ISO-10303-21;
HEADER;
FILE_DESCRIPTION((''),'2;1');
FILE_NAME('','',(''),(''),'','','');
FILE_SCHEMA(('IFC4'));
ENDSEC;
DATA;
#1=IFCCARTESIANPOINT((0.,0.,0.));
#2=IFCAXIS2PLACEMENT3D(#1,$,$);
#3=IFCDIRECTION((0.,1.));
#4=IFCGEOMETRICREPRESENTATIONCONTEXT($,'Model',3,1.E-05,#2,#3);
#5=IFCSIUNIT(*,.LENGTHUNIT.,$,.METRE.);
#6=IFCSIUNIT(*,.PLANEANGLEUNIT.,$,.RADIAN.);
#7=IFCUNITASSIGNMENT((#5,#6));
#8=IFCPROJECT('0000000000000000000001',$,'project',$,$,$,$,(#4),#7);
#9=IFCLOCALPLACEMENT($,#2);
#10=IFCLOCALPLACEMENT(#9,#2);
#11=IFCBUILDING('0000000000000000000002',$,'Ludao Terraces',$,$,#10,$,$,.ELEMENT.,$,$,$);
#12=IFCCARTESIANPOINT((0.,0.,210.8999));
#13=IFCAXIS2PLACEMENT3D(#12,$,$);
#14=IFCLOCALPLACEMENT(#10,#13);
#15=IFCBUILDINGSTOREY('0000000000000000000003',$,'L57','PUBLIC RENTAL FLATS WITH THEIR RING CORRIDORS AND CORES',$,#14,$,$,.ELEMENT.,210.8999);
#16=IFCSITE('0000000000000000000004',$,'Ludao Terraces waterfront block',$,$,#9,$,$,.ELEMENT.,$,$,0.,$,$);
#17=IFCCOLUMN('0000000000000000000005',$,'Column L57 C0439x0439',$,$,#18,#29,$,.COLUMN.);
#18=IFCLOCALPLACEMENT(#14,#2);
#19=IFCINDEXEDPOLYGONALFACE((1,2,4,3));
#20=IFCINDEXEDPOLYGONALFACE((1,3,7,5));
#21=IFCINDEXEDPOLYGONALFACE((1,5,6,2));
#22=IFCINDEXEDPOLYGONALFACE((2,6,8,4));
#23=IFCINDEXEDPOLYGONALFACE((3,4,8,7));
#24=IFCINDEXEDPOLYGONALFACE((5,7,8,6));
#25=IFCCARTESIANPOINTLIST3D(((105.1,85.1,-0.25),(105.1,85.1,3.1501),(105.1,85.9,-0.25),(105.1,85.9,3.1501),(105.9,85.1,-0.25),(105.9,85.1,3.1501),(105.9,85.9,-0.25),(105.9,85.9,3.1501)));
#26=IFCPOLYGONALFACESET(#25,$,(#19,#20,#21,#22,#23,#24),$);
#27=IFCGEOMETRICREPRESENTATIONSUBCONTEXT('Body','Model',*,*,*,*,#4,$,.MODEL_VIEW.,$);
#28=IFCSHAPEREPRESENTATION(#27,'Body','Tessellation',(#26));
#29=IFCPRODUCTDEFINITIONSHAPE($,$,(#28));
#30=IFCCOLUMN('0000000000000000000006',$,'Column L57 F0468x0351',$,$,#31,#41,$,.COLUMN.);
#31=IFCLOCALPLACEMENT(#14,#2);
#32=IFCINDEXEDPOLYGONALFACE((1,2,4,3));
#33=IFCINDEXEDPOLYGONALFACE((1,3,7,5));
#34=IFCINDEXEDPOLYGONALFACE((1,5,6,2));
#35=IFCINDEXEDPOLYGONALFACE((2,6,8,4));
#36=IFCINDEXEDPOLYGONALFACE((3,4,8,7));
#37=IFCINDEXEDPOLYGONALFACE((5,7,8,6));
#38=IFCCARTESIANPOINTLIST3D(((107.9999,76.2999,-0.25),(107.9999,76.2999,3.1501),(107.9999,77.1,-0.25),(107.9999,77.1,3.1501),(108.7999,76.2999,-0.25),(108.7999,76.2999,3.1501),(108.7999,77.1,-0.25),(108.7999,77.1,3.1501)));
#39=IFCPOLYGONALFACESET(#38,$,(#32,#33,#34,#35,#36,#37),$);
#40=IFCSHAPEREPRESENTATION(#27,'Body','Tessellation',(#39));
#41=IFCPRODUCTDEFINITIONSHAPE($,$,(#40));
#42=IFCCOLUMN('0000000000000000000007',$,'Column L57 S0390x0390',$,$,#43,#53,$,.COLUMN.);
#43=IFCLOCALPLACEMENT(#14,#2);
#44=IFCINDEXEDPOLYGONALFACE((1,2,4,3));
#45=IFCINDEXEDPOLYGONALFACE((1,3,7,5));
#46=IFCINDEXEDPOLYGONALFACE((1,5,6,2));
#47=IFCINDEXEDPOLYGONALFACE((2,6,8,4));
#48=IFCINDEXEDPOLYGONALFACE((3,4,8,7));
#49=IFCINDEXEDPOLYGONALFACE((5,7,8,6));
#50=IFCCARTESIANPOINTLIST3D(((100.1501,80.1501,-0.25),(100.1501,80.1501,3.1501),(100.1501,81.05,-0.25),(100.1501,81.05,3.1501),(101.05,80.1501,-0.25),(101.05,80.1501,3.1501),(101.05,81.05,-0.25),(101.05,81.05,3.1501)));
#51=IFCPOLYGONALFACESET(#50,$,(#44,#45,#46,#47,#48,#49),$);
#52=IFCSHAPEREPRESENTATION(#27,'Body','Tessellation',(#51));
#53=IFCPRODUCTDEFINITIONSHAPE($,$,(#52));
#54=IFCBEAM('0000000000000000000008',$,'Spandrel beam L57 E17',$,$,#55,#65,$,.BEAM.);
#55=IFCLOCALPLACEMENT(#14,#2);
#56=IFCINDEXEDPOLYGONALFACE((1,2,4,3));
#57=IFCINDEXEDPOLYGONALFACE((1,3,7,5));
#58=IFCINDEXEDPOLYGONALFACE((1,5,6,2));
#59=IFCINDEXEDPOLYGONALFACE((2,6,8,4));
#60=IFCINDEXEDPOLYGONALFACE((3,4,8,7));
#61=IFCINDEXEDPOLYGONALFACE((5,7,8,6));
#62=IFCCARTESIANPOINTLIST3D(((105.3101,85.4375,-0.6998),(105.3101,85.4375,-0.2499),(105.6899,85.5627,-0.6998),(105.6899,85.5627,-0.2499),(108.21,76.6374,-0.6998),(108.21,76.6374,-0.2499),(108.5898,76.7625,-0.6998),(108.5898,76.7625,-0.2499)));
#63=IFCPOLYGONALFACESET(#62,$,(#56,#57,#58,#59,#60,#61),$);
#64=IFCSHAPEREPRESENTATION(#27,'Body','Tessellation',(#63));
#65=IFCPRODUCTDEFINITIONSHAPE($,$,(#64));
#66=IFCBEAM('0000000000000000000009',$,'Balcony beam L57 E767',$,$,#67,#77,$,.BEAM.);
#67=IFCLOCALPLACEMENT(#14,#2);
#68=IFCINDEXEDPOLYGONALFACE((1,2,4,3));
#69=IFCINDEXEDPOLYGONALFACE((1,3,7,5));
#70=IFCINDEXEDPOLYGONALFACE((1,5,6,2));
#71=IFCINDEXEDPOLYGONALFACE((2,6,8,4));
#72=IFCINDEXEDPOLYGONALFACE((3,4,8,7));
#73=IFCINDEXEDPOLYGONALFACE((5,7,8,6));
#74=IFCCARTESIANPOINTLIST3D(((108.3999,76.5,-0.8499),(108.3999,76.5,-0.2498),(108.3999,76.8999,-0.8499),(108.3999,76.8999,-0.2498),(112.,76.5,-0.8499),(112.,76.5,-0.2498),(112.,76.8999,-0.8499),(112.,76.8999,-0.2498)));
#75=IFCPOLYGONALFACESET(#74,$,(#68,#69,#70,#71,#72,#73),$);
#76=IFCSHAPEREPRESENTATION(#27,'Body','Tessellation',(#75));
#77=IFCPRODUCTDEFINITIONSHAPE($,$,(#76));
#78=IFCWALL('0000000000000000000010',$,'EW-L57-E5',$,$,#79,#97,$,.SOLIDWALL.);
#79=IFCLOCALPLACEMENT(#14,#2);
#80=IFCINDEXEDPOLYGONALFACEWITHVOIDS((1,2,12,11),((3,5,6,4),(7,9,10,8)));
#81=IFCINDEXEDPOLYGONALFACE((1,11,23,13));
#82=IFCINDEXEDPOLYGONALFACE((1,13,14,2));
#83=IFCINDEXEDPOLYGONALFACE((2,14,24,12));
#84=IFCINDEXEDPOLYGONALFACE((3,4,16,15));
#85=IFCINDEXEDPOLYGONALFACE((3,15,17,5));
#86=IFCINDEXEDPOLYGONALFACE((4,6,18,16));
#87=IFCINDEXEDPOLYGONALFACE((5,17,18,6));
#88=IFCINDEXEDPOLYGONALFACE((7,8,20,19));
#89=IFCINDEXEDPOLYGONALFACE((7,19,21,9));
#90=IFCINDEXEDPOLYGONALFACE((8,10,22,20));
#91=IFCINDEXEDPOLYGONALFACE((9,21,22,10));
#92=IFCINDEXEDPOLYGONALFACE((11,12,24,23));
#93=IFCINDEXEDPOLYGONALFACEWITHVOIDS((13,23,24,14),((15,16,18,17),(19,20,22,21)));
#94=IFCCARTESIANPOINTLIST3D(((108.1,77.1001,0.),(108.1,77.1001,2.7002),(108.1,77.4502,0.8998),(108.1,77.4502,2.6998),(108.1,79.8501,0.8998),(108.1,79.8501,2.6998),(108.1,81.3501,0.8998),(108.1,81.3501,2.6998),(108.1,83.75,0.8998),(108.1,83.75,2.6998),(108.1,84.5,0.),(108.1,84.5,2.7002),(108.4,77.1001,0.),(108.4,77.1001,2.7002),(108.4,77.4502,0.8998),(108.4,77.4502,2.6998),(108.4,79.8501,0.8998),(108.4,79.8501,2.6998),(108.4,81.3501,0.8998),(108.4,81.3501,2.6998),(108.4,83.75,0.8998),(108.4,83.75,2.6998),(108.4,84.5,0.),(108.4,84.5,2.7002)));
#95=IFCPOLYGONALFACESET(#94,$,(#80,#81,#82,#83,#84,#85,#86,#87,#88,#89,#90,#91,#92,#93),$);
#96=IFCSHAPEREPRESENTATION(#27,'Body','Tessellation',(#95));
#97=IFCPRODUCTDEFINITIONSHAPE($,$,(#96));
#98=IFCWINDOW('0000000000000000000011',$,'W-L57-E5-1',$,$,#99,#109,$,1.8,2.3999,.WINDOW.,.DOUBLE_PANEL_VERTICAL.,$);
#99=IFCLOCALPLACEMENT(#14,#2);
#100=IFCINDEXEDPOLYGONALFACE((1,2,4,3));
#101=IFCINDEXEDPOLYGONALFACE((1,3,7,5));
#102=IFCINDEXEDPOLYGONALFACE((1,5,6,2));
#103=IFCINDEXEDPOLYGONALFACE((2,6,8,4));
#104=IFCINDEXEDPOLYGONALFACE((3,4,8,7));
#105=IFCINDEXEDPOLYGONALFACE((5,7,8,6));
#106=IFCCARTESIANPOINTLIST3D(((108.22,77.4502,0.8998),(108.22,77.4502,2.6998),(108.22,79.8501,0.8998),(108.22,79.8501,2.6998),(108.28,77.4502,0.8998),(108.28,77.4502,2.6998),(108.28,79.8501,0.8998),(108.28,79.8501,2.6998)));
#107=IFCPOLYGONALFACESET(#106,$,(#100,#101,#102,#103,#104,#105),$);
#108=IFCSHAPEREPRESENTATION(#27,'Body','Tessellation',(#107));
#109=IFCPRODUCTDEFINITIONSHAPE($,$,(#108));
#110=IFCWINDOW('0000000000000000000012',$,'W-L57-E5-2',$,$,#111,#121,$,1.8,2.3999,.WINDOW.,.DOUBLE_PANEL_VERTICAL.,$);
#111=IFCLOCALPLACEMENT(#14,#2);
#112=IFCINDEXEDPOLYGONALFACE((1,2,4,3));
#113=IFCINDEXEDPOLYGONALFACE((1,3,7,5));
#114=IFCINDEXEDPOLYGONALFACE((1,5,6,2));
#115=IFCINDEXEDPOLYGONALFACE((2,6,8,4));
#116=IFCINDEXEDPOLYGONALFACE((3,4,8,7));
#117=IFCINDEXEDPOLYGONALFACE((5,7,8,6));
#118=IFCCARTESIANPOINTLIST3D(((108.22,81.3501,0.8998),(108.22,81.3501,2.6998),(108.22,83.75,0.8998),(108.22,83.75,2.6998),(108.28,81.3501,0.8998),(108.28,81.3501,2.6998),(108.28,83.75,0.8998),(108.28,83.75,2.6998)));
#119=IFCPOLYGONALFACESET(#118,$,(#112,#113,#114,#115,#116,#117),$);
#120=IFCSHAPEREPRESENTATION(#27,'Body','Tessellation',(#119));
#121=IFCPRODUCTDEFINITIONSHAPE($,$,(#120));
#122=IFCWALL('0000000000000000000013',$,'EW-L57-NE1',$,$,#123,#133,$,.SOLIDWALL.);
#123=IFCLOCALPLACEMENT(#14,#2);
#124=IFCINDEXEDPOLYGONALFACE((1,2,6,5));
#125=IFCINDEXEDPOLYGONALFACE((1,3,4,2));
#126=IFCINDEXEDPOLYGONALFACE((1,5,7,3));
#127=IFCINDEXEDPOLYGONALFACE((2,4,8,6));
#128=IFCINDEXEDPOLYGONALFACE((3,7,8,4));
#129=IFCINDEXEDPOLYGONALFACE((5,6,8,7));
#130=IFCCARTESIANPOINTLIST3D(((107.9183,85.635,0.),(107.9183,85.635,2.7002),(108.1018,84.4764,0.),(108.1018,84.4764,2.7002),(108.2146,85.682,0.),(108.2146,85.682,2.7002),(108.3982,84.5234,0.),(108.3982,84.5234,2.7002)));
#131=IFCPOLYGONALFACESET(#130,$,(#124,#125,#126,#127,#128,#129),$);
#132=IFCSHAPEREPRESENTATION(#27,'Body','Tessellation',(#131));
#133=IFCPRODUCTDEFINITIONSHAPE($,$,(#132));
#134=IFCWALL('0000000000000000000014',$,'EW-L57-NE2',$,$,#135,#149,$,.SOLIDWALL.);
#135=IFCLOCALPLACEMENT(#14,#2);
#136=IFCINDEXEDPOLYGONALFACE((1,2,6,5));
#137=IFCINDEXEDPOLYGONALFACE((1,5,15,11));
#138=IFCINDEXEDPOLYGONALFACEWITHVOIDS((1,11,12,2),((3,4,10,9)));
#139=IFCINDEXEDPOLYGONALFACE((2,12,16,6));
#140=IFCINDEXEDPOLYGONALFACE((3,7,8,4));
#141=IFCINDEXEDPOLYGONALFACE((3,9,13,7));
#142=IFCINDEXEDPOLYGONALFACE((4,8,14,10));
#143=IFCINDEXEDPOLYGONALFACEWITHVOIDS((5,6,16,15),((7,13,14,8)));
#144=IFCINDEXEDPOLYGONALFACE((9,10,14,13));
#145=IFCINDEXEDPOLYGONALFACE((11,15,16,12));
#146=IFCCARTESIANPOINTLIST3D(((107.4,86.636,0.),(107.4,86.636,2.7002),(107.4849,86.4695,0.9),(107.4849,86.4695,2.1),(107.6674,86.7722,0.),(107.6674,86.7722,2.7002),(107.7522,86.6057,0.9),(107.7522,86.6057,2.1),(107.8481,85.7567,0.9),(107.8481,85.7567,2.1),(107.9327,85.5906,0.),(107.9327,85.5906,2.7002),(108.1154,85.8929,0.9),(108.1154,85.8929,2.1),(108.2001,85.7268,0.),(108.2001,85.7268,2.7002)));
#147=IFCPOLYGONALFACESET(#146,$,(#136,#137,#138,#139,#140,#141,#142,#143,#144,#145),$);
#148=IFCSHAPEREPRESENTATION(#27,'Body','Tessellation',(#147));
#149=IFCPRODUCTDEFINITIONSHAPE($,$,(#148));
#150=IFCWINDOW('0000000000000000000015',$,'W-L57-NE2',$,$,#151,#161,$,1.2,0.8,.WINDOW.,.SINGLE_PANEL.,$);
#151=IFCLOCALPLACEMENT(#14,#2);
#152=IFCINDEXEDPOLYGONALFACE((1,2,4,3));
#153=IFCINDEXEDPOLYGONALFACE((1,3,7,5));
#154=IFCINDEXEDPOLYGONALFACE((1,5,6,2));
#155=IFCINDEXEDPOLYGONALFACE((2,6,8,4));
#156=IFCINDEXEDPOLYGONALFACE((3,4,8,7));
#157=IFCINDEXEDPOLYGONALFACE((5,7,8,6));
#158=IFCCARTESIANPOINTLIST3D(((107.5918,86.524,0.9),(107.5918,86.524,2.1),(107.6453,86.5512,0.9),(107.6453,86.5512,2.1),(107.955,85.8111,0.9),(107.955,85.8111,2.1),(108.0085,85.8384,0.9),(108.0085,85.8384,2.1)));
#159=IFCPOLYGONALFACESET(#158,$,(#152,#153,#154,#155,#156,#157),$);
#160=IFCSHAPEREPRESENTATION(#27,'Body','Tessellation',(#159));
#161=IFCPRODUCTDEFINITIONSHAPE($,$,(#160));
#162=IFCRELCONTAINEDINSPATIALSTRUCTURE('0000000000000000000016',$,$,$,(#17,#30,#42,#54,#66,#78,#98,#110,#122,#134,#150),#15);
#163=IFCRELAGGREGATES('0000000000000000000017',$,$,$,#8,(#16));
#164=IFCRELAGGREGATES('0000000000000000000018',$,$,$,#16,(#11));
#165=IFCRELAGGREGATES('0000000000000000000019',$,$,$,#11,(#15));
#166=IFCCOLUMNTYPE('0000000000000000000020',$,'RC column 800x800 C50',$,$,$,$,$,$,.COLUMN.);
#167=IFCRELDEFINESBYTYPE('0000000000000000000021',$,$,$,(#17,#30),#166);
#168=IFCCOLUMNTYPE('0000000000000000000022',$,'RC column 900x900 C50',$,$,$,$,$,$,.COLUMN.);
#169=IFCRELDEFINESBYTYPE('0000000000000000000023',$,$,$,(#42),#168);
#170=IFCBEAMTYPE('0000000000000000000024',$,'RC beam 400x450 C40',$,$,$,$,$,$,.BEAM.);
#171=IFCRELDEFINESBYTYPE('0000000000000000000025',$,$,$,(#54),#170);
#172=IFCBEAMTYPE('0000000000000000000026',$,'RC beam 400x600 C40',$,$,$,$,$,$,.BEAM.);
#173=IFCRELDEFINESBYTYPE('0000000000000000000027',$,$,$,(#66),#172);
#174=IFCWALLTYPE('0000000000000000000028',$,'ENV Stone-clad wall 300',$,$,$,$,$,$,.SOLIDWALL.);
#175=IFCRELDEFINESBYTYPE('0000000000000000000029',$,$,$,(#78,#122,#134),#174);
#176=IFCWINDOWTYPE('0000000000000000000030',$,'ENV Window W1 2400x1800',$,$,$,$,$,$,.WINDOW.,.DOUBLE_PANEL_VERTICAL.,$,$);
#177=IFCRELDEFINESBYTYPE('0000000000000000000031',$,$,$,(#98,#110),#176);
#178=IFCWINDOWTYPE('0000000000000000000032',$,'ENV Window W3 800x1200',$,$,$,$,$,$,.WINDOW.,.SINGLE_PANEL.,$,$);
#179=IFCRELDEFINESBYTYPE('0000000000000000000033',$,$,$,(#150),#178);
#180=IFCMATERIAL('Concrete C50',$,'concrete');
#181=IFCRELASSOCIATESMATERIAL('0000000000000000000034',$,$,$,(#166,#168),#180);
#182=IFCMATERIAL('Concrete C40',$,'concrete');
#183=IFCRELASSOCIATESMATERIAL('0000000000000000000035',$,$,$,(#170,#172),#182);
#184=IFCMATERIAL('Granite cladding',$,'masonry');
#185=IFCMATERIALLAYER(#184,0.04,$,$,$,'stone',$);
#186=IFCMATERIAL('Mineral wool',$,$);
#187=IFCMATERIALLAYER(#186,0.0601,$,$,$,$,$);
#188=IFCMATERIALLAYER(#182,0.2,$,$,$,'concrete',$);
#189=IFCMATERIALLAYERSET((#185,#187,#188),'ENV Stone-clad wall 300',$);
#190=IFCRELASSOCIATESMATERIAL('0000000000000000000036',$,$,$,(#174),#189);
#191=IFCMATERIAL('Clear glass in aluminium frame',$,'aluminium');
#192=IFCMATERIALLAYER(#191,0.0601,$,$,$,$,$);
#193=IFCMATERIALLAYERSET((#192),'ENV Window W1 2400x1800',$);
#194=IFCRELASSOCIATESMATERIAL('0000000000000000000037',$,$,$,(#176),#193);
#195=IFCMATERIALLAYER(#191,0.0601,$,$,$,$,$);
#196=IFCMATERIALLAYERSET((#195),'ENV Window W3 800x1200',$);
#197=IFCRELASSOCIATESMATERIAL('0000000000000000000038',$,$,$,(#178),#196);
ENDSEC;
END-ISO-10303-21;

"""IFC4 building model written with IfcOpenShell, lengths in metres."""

from ifc_helpers import new_model, si_unit, direction, frame, frame_2d, origin, origin_2d, place, context, subcontext, project, spatial, rectangle, extrude, material, layer, layer_set, material_profile, profile_set, type_object, element, fill, save


model = new_model("IFC4")

# Units and contexts
model_context = context("Model", 3, precision=1e-05, world=origin(), true_north=direction((0.0, 1.0)))
body_context = subcontext(model_context, "Body", "Model", "MODEL_VIEW")
ifc_project = project(units=[si_unit("LENGTHUNIT", "METRE"), si_unit("PLANEANGLEUNIT", "RADIAN")], contexts=[model_context])

# Site, building, storey
site_placement = place(None, origin())
site = spatial("IfcSite", under=ifc_project, at=site_placement, Name="Ludao Terraces waterfront block", CompositionType="ELEMENT", RefElevation=0.0)
building_placement = place(site_placement, origin())
building = spatial("IfcBuilding", under=site, at=building_placement, Name="Ludao Terraces", CompositionType="ELEMENT")
storey_placement = place(building_placement, frame((0.0, 0.0, 210.8999)))
storey = spatial("IfcBuildingStorey", under=building, at=storey_placement, Name="L57", Description="PUBLIC RENTAL FLATS WITH THEIR RING CORRIDORS AND CORES", CompositionType="ELEMENT", Elevation=210.8999)

# Columns
ifc_material_1 = material(Name="Concrete C50", Category="concrete")
ifc_material_profile_1 = material_profile(ifc_material_1, rectangle(XDim=0.8, YDim=0.8, at=origin_2d()), Name="800 X 800")
ifc_profile_set_1 = profile_set([ifc_material_profile_1], Name="Concrete C50")
column_type_1 = type_object("IfcColumnType", Name="RC column 800x800 C50", PredefinedType="COLUMN", material=ifc_profile_set_1)
for number, where, z_axis, x_axis, name in (
    (1, (105.5, 85.5, -0.25), (0.0, 0.0, 1.0), (1.0, 0.0, 0.0), "Column L57 C0439x0439"),
    (2, (108.3999, 76.7, -0.25), (0.0, 0.0, 1.0), (1.0, 0.0, 0.0), "Column L57 F0468x0351"),
):
    element("IfcColumn", number, at=place(storey_placement, frame(where, z_axis=z_axis, x_axis=x_axis)), inside=storey, type_object=column_type_1, Name=name, PredefinedType="COLUMN", context=body_context, shape_type="SweptSolid", body=[
        extrude(rectangle(XDim=0.8, YDim=0.8, at=origin_2d()), origin(), (0.0, 0.0, 1.0), 3.4001),
    ])
ifc_material_profile_2 = material_profile(ifc_material_1, rectangle(XDim=0.8999, YDim=0.8999, at=origin_2d()), Name="900 X 900")
ifc_profile_set_2 = profile_set([ifc_material_profile_2], Name="Concrete C50")
column_type_2 = type_object("IfcColumnType", Name="RC column 900x900 C50", PredefinedType="COLUMN", material=ifc_profile_set_2)
column_placement = place(storey_placement, frame((100.6001, 80.6001, -0.25), z_axis=(0.0, 0.0, 1.0), x_axis=(1.0, 0.0, 0.0)))
element("IfcColumn", 3, at=column_placement, inside=storey, type_object=column_type_2, Name="Column L57 S0390x0390", PredefinedType="COLUMN", context=body_context, shape_type="SweptSolid", body=[
    extrude(rectangle(XDim=0.8999, YDim=0.8999, at=origin_2d()), origin(), (0.0, 0.0, 1.0), 3.4001),
])

# Beams
ifc_material_2 = material(Name="Concrete C40", Category="concrete")
ifc_material_profile_3 = material_profile(ifc_material_2, rectangle(XDim=0.3999, YDim=0.45, at=origin_2d()), Name="400 X 450")
ifc_profile_set_3 = profile_set([ifc_material_profile_3], Name="Concrete C40")
beam_type_1 = type_object("IfcBeamType", Name="RC beam 400x450 C40", PredefinedType="BEAM", material=ifc_profile_set_3)
beam_1_placement = place(storey_placement, frame((108.3999, 76.7, -0.4749), z_axis=(-0.312977, 0.949761, 0.0), x_axis=(-0.949761, -0.312977, 0.0)))
element("IfcBeam", 4, at=beam_1_placement, inside=storey, type_object=beam_type_1, Name="Spandrel beam L57 E17", PredefinedType="BEAM", context=body_context, shape_type="SweptSolid", body=[
    extrude(rectangle(XDim=0.3999, YDim=0.45, at=origin_2d()), origin(), (0.0, 0.0, 1.0), 9.2656),
])
ifc_material_profile_4 = material_profile(ifc_material_2, rectangle(XDim=0.3999, YDim=0.6001, at=origin_2d()), Name="400 X 600")
ifc_profile_set_4 = profile_set([ifc_material_profile_4], Name="Concrete C40")
beam_type_2 = type_object("IfcBeamType", Name="RC beam 400x600 C40", PredefinedType="BEAM", material=ifc_profile_set_4)
beam_2_placement = place(storey_placement, frame((108.3999, 76.7, -0.5498), z_axis=(1.0, 0.0, 0.0), x_axis=(0.0, 1.0, 0.0)))
element("IfcBeam", 5, at=beam_2_placement, inside=storey, type_object=beam_type_2, Name="Balcony beam L57 E767", PredefinedType="BEAM", context=body_context, shape_type="SweptSolid", body=[
    extrude(rectangle(XDim=0.3999, YDim=0.6001, at=origin_2d()), origin(), (0.0, 0.0, 1.0), 3.6001),
])

# Wall, openings, windows
ifc_material_3 = material(Name="Granite cladding", Category="masonry")
ifc_layer_1 = layer(ifc_material_3, 0.04, Category="stone")
ifc_material_4 = material(Name="Mineral wool")
ifc_layer_2 = layer(ifc_material_4, 0.0601)
ifc_layer_3 = layer(ifc_material_2, 0.2, Category="concrete")
ifc_layer_set_1 = layer_set([ifc_layer_1, ifc_layer_2, ifc_layer_3], Name="ENV Stone-clad wall 300")
wall_type = type_object("IfcWallType", Name="ENV Stone-clad wall 300", PredefinedType="SOLIDWALL", material=ifc_layer_set_1)
wall_1_placement = place(storey_placement, frame((108.25, 77.1001, 0.0), z_axis=(0.0, 0.0, 1.0), x_axis=(0.0, 1.0, 0.0)))
wall_1 = element("IfcWall", 6, at=wall_1_placement, inside=storey, type_object=wall_type, Name="EW-L57-E5", PredefinedType="SOLIDWALL", context=body_context, shape_type="SweptSolid", body=[
    extrude(rectangle(XDim=7.3999, YDim=0.3, at=frame_2d((3.7, 0.0))), origin(), (0.0, 0.0, 1.0), 2.7002),
])
opening_1_placement = place(wall_1_placement, frame((0.3501, 0.0, 0.8999)))
opening_1 = element("IfcOpeningElement", 7, at=opening_1_placement, cuts=wall_1, PredefinedType="OPENING", context=body_context, shape_type="SweptSolid", body=[
    extrude(rectangle(XDim=2.3999, YDim=1.8, at=frame_2d((1.2, 0.8999))), frame((0.0, 0.1602, 0.0), z_axis=(0.0, -1.0, 0.0), x_axis=(1.0, 0.0, 0.0)), (0.0, 0.0, 1.0), 0.3201),
])
opening_2_placement = place(wall_1_placement, frame((4.25, 0.0, 0.8999)))
opening_2 = element("IfcOpeningElement", 8, at=opening_2_placement, cuts=wall_1, PredefinedType="OPENING", context=body_context, shape_type="SweptSolid", body=[
    extrude(rectangle(XDim=2.3999, YDim=1.8, at=frame_2d((1.2, 0.8999))), frame((0.0, 0.1602, 0.0), z_axis=(0.0, -1.0, 0.0), x_axis=(1.0, 0.0, 0.0)), (0.0, 0.0, 1.0), 0.3201),
])
ifc_material_5 = material(Name="Clear glass in aluminium frame", Category="aluminium")
ifc_layer_4 = layer(ifc_material_5, 0.0601)
ifc_layer_set_2 = layer_set([ifc_layer_4], Name="ENV Window W1 2400x1800")
window_type_1 = type_object("IfcWindowType", Name="ENV Window W1 2400x1800", PartitioningType="DOUBLE_PANEL_VERTICAL", PredefinedType="WINDOW", material=ifc_layer_set_2)
window_1_placement = place(opening_1_placement, origin())
window_1 = element("IfcWindow", 9, at=window_1_placement, inside=storey, type_object=window_type_1, Name="W-L57-E5-1", OverallHeight=1.8, OverallWidth=2.3999, PartitioningType="DOUBLE_PANEL_VERTICAL", PredefinedType="WINDOW", context=body_context, shape_type="SweptSolid", body=[
    extrude(rectangle(XDim=2.3999, YDim=1.8, at=frame_2d((1.2, 0.8999))), frame((0.0, 0.03, 0.0), z_axis=(0.0, -1.0, 0.0), x_axis=(1.0, 0.0, 0.0)), (0.0, 0.0, 1.0), 0.0601),
])
fill(opening_1, window_1)
window_2_placement = place(opening_2_placement, origin())
window_2 = element("IfcWindow", 10, at=window_2_placement, inside=storey, type_object=window_type_1, Name="W-L57-E5-2", OverallHeight=1.8, OverallWidth=2.3999, PartitioningType="DOUBLE_PANEL_VERTICAL", PredefinedType="WINDOW", context=body_context, shape_type="SweptSolid", body=[
    extrude(rectangle(XDim=2.3999, YDim=1.8, at=frame_2d((1.2, 0.8999))), frame((0.0, 0.03, 0.0), z_axis=(0.0, -1.0, 0.0), x_axis=(1.0, 0.0, 0.0)), (0.0, 0.0, 1.0), 0.0601),
])
fill(opening_2, window_2)

# Wall
wall_2_placement = place(storey_placement, frame((108.25, 84.5, 0.0), z_axis=(0.0, 0.0, 1.0), x_axis=(-0.156497, 0.987678, 0.0)))
element("IfcWall", 11, at=wall_2_placement, inside=storey, type_object=wall_type, Name="EW-L57-NE1", PredefinedType="SOLIDWALL", context=body_context, shape_type="SweptSolid", body=[
    extrude(rectangle(XDim=1.1731, YDim=0.3, at=frame_2d((0.5864, 0.0))), origin(), (0.0, 0.0, 1.0), 2.7002),
])

# Wall, opening, window
wall_3_placement = place(storey_placement, frame((108.0664, 85.6587, 0.0), z_axis=(0.0, 0.0, 1.0), x_axis=(-0.454026, 0.890989, 0.0)))
wall_3 = element("IfcWall", 12, at=wall_3_placement, inside=storey, type_object=wall_type, Name="EW-L57-NE2", PredefinedType="SOLIDWALL", context=body_context, shape_type="SweptSolid", body=[
    extrude(rectangle(XDim=1.1733, YDim=0.3, at=frame_2d((0.5867, 0.0))), origin(), (0.0, 0.0, 1.0), 2.7002),
])
opening_3_placement = place(wall_3_placement, frame((0.1865, 0.0, 0.8999)))
opening_3 = element("IfcOpeningElement", 13, at=opening_3_placement, cuts=wall_3, PredefinedType="OPENING", context=body_context, shape_type="SweptSolid", body=[
    extrude(rectangle(XDim=0.8, YDim=1.2, at=frame_2d((0.3999, 0.6001))), frame((0.0, 0.1602, 0.0), z_axis=(0.0, -1.0, 0.0), x_axis=(1.0, 0.0, 0.0)), (0.0, 0.0, 1.0), 0.3201),
])
ifc_layer_5 = layer(ifc_material_5, 0.0601)
ifc_layer_set_3 = layer_set([ifc_layer_5], Name="ENV Window W3 800x1200")
window_type_2 = type_object("IfcWindowType", Name="ENV Window W3 800x1200", PartitioningType="SINGLE_PANEL", PredefinedType="WINDOW", material=ifc_layer_set_3)
window_3_placement = place(opening_3_placement, origin())
window_3 = element("IfcWindow", 14, at=window_3_placement, inside=storey, type_object=window_type_2, Name="W-L57-NE2", OverallHeight=1.2, OverallWidth=0.8, PartitioningType="SINGLE_PANEL", PredefinedType="WINDOW", context=body_context, shape_type="SweptSolid", body=[
    extrude(rectangle(XDim=0.8, YDim=1.2, at=frame_2d((0.3999, 0.6001))), frame((0.0, 0.03, 0.0), z_axis=(0.0, -1.0, 0.0), x_axis=(1.0, 0.0, 0.0)), (0.0, 0.0, 1.0), 0.0601),
])
fill(opening_3, window_3)

save(model, "model.ifc")
